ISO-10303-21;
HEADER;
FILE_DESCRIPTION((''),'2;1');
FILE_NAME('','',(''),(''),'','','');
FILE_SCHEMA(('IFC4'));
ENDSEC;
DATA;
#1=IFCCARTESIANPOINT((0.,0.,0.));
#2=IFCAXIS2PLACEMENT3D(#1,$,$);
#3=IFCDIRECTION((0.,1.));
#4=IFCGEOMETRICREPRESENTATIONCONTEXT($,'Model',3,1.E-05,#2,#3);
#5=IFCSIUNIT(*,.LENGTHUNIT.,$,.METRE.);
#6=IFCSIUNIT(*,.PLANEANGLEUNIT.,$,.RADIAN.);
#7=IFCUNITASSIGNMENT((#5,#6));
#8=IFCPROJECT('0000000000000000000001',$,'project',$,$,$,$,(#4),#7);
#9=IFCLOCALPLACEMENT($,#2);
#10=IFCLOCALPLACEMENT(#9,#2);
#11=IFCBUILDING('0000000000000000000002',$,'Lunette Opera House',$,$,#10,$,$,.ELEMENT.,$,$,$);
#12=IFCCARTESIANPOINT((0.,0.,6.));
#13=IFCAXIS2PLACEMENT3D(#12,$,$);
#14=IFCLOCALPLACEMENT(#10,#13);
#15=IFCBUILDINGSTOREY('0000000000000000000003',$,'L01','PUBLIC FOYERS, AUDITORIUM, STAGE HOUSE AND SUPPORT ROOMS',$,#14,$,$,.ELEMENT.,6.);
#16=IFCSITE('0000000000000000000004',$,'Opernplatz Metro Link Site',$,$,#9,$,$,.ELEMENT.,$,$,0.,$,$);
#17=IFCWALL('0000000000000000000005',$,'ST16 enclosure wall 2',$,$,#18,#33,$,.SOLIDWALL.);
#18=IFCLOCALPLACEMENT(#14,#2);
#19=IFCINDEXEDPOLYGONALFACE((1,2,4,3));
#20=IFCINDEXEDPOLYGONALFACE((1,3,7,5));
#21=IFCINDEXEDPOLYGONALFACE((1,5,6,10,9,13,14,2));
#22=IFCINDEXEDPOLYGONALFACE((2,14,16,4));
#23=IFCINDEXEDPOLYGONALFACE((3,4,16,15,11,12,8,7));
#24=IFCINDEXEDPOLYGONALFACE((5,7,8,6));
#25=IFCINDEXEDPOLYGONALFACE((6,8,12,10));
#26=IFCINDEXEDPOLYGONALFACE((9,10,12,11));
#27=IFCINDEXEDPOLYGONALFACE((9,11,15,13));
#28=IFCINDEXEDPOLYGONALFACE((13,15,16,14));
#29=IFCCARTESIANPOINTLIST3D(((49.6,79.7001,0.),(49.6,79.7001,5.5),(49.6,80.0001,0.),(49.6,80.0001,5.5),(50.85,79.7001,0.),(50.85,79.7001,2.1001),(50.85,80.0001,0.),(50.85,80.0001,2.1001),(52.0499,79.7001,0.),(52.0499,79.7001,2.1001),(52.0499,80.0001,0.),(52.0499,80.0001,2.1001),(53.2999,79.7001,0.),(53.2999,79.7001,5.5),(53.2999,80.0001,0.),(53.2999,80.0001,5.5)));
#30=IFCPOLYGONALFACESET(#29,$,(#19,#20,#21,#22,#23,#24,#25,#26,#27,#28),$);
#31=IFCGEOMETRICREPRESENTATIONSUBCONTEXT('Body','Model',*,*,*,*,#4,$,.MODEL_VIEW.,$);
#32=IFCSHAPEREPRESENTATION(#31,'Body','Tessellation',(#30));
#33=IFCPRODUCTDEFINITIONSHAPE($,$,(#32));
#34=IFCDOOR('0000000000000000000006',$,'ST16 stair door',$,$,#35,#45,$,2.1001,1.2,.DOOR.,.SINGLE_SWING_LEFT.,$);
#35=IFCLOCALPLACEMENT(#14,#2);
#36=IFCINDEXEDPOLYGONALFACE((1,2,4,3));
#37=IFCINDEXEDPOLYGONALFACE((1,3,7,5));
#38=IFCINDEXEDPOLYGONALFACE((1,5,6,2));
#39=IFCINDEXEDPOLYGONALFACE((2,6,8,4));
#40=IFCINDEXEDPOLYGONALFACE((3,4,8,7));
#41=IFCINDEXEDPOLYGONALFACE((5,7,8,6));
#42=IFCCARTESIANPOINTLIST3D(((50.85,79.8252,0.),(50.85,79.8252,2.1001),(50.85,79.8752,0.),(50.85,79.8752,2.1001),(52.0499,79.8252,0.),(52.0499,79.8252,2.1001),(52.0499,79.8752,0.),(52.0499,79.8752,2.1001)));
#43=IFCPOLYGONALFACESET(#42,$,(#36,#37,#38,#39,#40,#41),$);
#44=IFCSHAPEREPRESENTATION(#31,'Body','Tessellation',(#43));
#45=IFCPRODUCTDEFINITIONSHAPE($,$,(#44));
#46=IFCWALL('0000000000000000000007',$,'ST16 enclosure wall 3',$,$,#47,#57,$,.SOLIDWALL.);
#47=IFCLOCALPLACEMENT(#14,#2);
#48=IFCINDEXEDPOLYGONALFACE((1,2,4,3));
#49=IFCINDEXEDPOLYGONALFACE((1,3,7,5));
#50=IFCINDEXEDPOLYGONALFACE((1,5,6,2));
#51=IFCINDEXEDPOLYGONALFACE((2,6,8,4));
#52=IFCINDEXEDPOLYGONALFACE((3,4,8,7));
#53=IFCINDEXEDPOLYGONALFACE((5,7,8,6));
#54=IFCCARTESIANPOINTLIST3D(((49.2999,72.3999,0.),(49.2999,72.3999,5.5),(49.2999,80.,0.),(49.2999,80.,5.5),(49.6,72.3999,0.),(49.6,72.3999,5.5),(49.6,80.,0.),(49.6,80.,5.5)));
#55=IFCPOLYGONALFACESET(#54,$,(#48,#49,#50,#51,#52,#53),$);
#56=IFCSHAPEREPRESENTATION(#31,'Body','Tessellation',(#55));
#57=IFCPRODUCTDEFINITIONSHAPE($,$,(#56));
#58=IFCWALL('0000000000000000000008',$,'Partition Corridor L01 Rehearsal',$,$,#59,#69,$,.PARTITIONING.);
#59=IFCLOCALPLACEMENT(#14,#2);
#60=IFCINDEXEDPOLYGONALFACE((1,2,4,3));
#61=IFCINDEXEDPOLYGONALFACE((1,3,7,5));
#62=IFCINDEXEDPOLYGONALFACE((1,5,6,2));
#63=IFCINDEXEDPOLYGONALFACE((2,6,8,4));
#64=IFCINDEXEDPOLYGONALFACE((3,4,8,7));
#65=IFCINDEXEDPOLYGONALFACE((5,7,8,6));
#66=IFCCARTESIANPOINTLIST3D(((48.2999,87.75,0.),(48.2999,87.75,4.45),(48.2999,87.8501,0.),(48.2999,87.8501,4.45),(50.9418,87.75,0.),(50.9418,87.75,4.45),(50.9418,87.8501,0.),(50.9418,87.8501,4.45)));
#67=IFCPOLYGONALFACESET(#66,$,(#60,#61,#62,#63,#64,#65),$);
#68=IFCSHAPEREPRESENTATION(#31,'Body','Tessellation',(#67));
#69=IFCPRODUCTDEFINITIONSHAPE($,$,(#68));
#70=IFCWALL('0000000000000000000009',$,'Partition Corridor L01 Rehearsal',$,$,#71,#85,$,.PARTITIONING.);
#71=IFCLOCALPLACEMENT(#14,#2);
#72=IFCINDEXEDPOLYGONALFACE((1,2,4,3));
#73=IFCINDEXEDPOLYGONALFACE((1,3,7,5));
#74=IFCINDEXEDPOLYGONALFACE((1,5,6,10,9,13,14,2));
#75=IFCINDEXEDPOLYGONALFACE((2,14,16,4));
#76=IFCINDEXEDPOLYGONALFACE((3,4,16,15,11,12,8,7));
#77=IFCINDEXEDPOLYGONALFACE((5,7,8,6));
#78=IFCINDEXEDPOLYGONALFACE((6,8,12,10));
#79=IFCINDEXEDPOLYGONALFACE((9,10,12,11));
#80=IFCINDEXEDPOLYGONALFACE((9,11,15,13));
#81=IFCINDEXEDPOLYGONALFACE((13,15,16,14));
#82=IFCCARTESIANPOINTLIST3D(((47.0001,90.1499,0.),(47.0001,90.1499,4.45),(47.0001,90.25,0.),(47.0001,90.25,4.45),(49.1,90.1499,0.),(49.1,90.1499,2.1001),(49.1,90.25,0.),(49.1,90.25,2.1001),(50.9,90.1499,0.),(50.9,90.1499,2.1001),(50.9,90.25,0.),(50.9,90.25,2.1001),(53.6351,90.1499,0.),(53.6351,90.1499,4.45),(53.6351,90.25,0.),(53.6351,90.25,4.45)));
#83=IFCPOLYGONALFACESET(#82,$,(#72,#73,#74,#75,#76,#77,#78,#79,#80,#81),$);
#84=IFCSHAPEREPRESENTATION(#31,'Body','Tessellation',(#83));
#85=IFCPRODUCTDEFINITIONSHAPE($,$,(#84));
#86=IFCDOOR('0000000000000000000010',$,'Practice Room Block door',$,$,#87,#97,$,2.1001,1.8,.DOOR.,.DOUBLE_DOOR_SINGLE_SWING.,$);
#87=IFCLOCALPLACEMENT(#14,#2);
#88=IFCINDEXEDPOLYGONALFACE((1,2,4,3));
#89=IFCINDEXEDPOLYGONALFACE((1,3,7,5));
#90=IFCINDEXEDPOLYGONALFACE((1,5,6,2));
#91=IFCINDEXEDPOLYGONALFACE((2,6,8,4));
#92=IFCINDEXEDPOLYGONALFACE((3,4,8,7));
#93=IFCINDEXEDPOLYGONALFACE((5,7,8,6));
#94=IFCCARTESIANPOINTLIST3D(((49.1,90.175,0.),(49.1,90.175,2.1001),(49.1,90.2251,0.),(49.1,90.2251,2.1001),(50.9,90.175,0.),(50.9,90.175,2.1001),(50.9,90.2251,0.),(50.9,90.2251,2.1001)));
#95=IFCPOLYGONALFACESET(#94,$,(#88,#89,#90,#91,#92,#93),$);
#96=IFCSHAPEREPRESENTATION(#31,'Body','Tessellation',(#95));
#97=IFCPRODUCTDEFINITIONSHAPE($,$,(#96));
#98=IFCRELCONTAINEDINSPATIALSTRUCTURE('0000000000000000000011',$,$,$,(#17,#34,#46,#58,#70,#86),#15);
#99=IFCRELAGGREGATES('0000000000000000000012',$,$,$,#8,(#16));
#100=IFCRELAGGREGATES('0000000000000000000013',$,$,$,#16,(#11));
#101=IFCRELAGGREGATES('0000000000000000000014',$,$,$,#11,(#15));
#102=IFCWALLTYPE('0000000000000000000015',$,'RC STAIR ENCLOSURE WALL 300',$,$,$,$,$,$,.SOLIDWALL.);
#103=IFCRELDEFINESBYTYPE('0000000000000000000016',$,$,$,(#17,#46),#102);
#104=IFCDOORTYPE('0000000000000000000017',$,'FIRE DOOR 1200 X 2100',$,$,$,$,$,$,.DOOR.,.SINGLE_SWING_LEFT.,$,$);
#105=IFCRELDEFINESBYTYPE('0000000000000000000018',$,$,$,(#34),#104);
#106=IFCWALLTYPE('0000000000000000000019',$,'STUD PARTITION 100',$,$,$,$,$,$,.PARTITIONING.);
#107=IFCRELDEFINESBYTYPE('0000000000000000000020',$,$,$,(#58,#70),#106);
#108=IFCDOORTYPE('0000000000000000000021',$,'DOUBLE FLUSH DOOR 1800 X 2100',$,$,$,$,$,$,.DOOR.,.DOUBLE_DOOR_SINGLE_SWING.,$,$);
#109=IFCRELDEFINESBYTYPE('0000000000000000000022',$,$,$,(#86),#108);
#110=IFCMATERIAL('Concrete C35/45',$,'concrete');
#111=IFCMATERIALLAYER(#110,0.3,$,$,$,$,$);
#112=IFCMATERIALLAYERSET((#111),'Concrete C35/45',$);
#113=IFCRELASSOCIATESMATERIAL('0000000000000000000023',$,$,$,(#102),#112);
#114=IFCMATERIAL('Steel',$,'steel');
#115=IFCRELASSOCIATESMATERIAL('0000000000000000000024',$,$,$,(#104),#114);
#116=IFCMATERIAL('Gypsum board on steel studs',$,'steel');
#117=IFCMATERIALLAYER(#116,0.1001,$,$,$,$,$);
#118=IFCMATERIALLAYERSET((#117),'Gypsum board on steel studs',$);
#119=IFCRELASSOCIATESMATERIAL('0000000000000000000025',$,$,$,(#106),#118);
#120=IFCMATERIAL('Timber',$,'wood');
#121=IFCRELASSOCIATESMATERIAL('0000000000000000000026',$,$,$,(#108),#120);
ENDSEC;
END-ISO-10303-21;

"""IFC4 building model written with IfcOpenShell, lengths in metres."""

from ifc_helpers import new_model, si_unit, direction, frame, frame_2d, origin, place, context, subcontext, project, spatial, rectangle, extrude, material, layer, layer_set, type_object, element, fill, save


model = new_model("IFC4")

# Units and contexts
model_context = context("Model", 3, precision=1e-05, world=origin(), true_north=direction((0.0, 1.0)))
body_context = subcontext(model_context, "Body", "Model", "MODEL_VIEW")
ifc_project = project(units=[si_unit("LENGTHUNIT", "METRE"), si_unit("PLANEANGLEUNIT", "RADIAN")], contexts=[model_context])

# Site, building, storey
site_placement = place(None, origin())
site = spatial("IfcSite", under=ifc_project, at=site_placement, Name="Opernplatz Metro Link Site", CompositionType="ELEMENT", RefElevation=0.0)
building_placement = place(site_placement, origin())
building = spatial("IfcBuilding", under=site, at=building_placement, Name="Lunette Opera House", CompositionType="ELEMENT")
storey_placement = place(building_placement, frame((0.0, 0.0, 6.0)))
storey = spatial("IfcBuildingStorey", under=building, at=storey_placement, Name="L01", Description="PUBLIC FOYERS, AUDITORIUM, STAGE HOUSE AND SUPPORT ROOMS", CompositionType="ELEMENT", Elevation=6.0)

# Wall, opening, door
ifc_material_1 = material(Name="Concrete C35/45", Category="concrete")
ifc_layer_1 = layer(ifc_material_1, 0.3)
ifc_layer_set_1 = layer_set([ifc_layer_1], Name="Concrete C35/45")
wall_type_1 = type_object("IfcWallType", Name="RC STAIR ENCLOSURE WALL 300", PredefinedType="SOLIDWALL", material=ifc_layer_set_1)
wall_1_placement = place(storey_placement, frame((53.3, 79.8501, 0.0), z_axis=(0.0, 0.0, 1.0), x_axis=(-1.0, 0.0, 0.0)))
wall_1 = element("IfcWall", 1, at=wall_1_placement, inside=storey, type_object=wall_type_1, Name="ST16 enclosure wall 2", PredefinedType="SOLIDWALL", context=body_context, shape_type="SweptSolid", body=[
    extrude(rectangle(XDim=3.7, YDim=0.3, at=frame_2d((1.8501, 0.0))), origin(), (0.0, 0.0, 1.0), 5.5),
])
opening_1_placement = place(wall_1_placement, frame((1.25, 0.0, 0.0)))
opening_1 = element("IfcOpeningElement", 2, at=opening_1_placement, cuts=wall_1, PredefinedType="OPENING", context=body_context, shape_type="SweptSolid", body=[
    extrude(rectangle(XDim=1.2, YDim=2.1001, at=frame_2d((0.6001, 1.05))), frame((0.0, 0.1621, 0.0), z_axis=(0.0, -1.0, 0.0), x_axis=(1.0, 0.0, 0.0)), (0.0, 0.0, 1.0), 0.324),
])
ifc_material_2 = material(Name="Steel", Category="steel")
door_type_1 = type_object("IfcDoorType", Name="FIRE DOOR 1200 X 2100", OperationType="SINGLE_SWING_LEFT", PredefinedType="DOOR", material=ifc_material_2)
door_1_placement = place(opening_1_placement, origin())
door_1 = element("IfcDoor", 3, at=door_1_placement, inside=storey, type_object=door_type_1, Name="ST16 stair door", OperationType="SINGLE_SWING_LEFT", OverallHeight=2.1001, OverallWidth=1.2, PredefinedType="DOOR", context=body_context, shape_type="SweptSolid", body=[
    extrude(rectangle(XDim=1.2, YDim=2.1001, at=frame_2d((0.6001, 1.05))), frame((0.0, 0.0249, 0.0), z_axis=(0.0, -1.0, 0.0), x_axis=(1.0, 0.0, 0.0)), (0.0, 0.0, 1.0), 0.05),
])
fill(opening_1, door_1)

# Walls
wall_2_placement = place(storey_placement, frame((49.45, 80.0, 0.0), z_axis=(0.0, 0.0, 1.0), x_axis=(0.0, -1.0, 0.0)))
element("IfcWall", 4, at=wall_2_placement, inside=storey, type_object=wall_type_1, Name="ST16 enclosure wall 3", PredefinedType="SOLIDWALL", context=body_context, shape_type="SweptSolid", body=[
    extrude(rectangle(XDim=7.6001, YDim=0.3, at=frame_2d((3.8, 0.0))), origin(), (0.0, 0.0, 1.0), 5.5),
])
ifc_material_3 = material(Name="Gypsum board on steel studs", Category="steel")
ifc_layer_2 = layer(ifc_material_3, 0.1001)
ifc_layer_set_2 = layer_set([ifc_layer_2], Name="Gypsum board on steel studs")
wall_type_2 = type_object("IfcWallType", Name="STUD PARTITION 100", PredefinedType="PARTITIONING", material=ifc_layer_set_2)
wall_3_placement = place(storey_placement, frame((48.3, 87.8, 0.0), z_axis=(0.0, 0.0, 1.0), x_axis=(1.0, 0.0, 0.0)))
element("IfcWall", 5, at=wall_3_placement, inside=storey, type_object=wall_type_2, Name="Partition Corridor L01 Rehearsal", PredefinedType="PARTITIONING", context=body_context, shape_type="SweptSolid", body=[
    extrude(rectangle(XDim=2.6418, YDim=0.1001, at=frame_2d((1.3208, 0.0))), origin(), (0.0, 0.0, 1.0), 4.45),
])

# Wall, opening, door
wall_4_placement = place(storey_placement, frame((53.635, 90.2, 0.0), z_axis=(0.0, 0.0, 1.0), x_axis=(-1.0, 0.0, 0.0)))
wall_4 = element("IfcWall", 6, at=wall_4_placement, inside=storey, type_object=wall_type_2, Name="Partition Corridor L01 Rehearsal", PredefinedType="PARTITIONING", context=body_context, shape_type="SweptSolid", body=[
    extrude(rectangle(XDim=6.635, YDim=0.1001, at=frame_2d((3.3174, 0.0))), origin(), (0.0, 0.0, 1.0), 4.45),
])
opening_2_placement = place(wall_4_placement, frame((2.7351, 0.0, 0.0)))
opening_2 = element("IfcOpeningElement", 7, at=opening_2_placement, cuts=wall_4, PredefinedType="OPENING", context=body_context, shape_type="SweptSolid", body=[
    extrude(rectangle(XDim=1.8, YDim=2.1001, at=frame_2d((0.8999, 1.05))), frame((0.0, 0.062, 0.0), z_axis=(0.0, -1.0, 0.0), x_axis=(1.0, 0.0, 0.0)), (0.0, 0.0, 1.0), 0.124),
])
ifc_material_4 = material(Name="Timber", Category="wood")
door_type_2 = type_object("IfcDoorType", Name="DOUBLE FLUSH DOOR 1800 X 2100", OperationType="DOUBLE_DOOR_SINGLE_SWING", PredefinedType="DOOR", material=ifc_material_4)
door_2_placement = place(opening_2_placement, origin())
door_2 = element("IfcDoor", 8, at=door_2_placement, inside=storey, type_object=door_type_2, Name="Practice Room Block door", OperationType="DOUBLE_DOOR_SINGLE_SWING", OverallHeight=2.1001, OverallWidth=1.8, PredefinedType="DOOR", context=body_context, shape_type="SweptSolid", body=[
    extrude(rectangle(XDim=1.8, YDim=2.1001, at=frame_2d((0.8999, 1.05))), frame((0.0, 0.0249, 0.0), z_axis=(0.0, -1.0, 0.0), x_axis=(1.0, 0.0, 0.0)), (0.0, 0.0, 1.0), 0.05),
])
fill(opening_2, door_2)

save(model, "model.ifc")
